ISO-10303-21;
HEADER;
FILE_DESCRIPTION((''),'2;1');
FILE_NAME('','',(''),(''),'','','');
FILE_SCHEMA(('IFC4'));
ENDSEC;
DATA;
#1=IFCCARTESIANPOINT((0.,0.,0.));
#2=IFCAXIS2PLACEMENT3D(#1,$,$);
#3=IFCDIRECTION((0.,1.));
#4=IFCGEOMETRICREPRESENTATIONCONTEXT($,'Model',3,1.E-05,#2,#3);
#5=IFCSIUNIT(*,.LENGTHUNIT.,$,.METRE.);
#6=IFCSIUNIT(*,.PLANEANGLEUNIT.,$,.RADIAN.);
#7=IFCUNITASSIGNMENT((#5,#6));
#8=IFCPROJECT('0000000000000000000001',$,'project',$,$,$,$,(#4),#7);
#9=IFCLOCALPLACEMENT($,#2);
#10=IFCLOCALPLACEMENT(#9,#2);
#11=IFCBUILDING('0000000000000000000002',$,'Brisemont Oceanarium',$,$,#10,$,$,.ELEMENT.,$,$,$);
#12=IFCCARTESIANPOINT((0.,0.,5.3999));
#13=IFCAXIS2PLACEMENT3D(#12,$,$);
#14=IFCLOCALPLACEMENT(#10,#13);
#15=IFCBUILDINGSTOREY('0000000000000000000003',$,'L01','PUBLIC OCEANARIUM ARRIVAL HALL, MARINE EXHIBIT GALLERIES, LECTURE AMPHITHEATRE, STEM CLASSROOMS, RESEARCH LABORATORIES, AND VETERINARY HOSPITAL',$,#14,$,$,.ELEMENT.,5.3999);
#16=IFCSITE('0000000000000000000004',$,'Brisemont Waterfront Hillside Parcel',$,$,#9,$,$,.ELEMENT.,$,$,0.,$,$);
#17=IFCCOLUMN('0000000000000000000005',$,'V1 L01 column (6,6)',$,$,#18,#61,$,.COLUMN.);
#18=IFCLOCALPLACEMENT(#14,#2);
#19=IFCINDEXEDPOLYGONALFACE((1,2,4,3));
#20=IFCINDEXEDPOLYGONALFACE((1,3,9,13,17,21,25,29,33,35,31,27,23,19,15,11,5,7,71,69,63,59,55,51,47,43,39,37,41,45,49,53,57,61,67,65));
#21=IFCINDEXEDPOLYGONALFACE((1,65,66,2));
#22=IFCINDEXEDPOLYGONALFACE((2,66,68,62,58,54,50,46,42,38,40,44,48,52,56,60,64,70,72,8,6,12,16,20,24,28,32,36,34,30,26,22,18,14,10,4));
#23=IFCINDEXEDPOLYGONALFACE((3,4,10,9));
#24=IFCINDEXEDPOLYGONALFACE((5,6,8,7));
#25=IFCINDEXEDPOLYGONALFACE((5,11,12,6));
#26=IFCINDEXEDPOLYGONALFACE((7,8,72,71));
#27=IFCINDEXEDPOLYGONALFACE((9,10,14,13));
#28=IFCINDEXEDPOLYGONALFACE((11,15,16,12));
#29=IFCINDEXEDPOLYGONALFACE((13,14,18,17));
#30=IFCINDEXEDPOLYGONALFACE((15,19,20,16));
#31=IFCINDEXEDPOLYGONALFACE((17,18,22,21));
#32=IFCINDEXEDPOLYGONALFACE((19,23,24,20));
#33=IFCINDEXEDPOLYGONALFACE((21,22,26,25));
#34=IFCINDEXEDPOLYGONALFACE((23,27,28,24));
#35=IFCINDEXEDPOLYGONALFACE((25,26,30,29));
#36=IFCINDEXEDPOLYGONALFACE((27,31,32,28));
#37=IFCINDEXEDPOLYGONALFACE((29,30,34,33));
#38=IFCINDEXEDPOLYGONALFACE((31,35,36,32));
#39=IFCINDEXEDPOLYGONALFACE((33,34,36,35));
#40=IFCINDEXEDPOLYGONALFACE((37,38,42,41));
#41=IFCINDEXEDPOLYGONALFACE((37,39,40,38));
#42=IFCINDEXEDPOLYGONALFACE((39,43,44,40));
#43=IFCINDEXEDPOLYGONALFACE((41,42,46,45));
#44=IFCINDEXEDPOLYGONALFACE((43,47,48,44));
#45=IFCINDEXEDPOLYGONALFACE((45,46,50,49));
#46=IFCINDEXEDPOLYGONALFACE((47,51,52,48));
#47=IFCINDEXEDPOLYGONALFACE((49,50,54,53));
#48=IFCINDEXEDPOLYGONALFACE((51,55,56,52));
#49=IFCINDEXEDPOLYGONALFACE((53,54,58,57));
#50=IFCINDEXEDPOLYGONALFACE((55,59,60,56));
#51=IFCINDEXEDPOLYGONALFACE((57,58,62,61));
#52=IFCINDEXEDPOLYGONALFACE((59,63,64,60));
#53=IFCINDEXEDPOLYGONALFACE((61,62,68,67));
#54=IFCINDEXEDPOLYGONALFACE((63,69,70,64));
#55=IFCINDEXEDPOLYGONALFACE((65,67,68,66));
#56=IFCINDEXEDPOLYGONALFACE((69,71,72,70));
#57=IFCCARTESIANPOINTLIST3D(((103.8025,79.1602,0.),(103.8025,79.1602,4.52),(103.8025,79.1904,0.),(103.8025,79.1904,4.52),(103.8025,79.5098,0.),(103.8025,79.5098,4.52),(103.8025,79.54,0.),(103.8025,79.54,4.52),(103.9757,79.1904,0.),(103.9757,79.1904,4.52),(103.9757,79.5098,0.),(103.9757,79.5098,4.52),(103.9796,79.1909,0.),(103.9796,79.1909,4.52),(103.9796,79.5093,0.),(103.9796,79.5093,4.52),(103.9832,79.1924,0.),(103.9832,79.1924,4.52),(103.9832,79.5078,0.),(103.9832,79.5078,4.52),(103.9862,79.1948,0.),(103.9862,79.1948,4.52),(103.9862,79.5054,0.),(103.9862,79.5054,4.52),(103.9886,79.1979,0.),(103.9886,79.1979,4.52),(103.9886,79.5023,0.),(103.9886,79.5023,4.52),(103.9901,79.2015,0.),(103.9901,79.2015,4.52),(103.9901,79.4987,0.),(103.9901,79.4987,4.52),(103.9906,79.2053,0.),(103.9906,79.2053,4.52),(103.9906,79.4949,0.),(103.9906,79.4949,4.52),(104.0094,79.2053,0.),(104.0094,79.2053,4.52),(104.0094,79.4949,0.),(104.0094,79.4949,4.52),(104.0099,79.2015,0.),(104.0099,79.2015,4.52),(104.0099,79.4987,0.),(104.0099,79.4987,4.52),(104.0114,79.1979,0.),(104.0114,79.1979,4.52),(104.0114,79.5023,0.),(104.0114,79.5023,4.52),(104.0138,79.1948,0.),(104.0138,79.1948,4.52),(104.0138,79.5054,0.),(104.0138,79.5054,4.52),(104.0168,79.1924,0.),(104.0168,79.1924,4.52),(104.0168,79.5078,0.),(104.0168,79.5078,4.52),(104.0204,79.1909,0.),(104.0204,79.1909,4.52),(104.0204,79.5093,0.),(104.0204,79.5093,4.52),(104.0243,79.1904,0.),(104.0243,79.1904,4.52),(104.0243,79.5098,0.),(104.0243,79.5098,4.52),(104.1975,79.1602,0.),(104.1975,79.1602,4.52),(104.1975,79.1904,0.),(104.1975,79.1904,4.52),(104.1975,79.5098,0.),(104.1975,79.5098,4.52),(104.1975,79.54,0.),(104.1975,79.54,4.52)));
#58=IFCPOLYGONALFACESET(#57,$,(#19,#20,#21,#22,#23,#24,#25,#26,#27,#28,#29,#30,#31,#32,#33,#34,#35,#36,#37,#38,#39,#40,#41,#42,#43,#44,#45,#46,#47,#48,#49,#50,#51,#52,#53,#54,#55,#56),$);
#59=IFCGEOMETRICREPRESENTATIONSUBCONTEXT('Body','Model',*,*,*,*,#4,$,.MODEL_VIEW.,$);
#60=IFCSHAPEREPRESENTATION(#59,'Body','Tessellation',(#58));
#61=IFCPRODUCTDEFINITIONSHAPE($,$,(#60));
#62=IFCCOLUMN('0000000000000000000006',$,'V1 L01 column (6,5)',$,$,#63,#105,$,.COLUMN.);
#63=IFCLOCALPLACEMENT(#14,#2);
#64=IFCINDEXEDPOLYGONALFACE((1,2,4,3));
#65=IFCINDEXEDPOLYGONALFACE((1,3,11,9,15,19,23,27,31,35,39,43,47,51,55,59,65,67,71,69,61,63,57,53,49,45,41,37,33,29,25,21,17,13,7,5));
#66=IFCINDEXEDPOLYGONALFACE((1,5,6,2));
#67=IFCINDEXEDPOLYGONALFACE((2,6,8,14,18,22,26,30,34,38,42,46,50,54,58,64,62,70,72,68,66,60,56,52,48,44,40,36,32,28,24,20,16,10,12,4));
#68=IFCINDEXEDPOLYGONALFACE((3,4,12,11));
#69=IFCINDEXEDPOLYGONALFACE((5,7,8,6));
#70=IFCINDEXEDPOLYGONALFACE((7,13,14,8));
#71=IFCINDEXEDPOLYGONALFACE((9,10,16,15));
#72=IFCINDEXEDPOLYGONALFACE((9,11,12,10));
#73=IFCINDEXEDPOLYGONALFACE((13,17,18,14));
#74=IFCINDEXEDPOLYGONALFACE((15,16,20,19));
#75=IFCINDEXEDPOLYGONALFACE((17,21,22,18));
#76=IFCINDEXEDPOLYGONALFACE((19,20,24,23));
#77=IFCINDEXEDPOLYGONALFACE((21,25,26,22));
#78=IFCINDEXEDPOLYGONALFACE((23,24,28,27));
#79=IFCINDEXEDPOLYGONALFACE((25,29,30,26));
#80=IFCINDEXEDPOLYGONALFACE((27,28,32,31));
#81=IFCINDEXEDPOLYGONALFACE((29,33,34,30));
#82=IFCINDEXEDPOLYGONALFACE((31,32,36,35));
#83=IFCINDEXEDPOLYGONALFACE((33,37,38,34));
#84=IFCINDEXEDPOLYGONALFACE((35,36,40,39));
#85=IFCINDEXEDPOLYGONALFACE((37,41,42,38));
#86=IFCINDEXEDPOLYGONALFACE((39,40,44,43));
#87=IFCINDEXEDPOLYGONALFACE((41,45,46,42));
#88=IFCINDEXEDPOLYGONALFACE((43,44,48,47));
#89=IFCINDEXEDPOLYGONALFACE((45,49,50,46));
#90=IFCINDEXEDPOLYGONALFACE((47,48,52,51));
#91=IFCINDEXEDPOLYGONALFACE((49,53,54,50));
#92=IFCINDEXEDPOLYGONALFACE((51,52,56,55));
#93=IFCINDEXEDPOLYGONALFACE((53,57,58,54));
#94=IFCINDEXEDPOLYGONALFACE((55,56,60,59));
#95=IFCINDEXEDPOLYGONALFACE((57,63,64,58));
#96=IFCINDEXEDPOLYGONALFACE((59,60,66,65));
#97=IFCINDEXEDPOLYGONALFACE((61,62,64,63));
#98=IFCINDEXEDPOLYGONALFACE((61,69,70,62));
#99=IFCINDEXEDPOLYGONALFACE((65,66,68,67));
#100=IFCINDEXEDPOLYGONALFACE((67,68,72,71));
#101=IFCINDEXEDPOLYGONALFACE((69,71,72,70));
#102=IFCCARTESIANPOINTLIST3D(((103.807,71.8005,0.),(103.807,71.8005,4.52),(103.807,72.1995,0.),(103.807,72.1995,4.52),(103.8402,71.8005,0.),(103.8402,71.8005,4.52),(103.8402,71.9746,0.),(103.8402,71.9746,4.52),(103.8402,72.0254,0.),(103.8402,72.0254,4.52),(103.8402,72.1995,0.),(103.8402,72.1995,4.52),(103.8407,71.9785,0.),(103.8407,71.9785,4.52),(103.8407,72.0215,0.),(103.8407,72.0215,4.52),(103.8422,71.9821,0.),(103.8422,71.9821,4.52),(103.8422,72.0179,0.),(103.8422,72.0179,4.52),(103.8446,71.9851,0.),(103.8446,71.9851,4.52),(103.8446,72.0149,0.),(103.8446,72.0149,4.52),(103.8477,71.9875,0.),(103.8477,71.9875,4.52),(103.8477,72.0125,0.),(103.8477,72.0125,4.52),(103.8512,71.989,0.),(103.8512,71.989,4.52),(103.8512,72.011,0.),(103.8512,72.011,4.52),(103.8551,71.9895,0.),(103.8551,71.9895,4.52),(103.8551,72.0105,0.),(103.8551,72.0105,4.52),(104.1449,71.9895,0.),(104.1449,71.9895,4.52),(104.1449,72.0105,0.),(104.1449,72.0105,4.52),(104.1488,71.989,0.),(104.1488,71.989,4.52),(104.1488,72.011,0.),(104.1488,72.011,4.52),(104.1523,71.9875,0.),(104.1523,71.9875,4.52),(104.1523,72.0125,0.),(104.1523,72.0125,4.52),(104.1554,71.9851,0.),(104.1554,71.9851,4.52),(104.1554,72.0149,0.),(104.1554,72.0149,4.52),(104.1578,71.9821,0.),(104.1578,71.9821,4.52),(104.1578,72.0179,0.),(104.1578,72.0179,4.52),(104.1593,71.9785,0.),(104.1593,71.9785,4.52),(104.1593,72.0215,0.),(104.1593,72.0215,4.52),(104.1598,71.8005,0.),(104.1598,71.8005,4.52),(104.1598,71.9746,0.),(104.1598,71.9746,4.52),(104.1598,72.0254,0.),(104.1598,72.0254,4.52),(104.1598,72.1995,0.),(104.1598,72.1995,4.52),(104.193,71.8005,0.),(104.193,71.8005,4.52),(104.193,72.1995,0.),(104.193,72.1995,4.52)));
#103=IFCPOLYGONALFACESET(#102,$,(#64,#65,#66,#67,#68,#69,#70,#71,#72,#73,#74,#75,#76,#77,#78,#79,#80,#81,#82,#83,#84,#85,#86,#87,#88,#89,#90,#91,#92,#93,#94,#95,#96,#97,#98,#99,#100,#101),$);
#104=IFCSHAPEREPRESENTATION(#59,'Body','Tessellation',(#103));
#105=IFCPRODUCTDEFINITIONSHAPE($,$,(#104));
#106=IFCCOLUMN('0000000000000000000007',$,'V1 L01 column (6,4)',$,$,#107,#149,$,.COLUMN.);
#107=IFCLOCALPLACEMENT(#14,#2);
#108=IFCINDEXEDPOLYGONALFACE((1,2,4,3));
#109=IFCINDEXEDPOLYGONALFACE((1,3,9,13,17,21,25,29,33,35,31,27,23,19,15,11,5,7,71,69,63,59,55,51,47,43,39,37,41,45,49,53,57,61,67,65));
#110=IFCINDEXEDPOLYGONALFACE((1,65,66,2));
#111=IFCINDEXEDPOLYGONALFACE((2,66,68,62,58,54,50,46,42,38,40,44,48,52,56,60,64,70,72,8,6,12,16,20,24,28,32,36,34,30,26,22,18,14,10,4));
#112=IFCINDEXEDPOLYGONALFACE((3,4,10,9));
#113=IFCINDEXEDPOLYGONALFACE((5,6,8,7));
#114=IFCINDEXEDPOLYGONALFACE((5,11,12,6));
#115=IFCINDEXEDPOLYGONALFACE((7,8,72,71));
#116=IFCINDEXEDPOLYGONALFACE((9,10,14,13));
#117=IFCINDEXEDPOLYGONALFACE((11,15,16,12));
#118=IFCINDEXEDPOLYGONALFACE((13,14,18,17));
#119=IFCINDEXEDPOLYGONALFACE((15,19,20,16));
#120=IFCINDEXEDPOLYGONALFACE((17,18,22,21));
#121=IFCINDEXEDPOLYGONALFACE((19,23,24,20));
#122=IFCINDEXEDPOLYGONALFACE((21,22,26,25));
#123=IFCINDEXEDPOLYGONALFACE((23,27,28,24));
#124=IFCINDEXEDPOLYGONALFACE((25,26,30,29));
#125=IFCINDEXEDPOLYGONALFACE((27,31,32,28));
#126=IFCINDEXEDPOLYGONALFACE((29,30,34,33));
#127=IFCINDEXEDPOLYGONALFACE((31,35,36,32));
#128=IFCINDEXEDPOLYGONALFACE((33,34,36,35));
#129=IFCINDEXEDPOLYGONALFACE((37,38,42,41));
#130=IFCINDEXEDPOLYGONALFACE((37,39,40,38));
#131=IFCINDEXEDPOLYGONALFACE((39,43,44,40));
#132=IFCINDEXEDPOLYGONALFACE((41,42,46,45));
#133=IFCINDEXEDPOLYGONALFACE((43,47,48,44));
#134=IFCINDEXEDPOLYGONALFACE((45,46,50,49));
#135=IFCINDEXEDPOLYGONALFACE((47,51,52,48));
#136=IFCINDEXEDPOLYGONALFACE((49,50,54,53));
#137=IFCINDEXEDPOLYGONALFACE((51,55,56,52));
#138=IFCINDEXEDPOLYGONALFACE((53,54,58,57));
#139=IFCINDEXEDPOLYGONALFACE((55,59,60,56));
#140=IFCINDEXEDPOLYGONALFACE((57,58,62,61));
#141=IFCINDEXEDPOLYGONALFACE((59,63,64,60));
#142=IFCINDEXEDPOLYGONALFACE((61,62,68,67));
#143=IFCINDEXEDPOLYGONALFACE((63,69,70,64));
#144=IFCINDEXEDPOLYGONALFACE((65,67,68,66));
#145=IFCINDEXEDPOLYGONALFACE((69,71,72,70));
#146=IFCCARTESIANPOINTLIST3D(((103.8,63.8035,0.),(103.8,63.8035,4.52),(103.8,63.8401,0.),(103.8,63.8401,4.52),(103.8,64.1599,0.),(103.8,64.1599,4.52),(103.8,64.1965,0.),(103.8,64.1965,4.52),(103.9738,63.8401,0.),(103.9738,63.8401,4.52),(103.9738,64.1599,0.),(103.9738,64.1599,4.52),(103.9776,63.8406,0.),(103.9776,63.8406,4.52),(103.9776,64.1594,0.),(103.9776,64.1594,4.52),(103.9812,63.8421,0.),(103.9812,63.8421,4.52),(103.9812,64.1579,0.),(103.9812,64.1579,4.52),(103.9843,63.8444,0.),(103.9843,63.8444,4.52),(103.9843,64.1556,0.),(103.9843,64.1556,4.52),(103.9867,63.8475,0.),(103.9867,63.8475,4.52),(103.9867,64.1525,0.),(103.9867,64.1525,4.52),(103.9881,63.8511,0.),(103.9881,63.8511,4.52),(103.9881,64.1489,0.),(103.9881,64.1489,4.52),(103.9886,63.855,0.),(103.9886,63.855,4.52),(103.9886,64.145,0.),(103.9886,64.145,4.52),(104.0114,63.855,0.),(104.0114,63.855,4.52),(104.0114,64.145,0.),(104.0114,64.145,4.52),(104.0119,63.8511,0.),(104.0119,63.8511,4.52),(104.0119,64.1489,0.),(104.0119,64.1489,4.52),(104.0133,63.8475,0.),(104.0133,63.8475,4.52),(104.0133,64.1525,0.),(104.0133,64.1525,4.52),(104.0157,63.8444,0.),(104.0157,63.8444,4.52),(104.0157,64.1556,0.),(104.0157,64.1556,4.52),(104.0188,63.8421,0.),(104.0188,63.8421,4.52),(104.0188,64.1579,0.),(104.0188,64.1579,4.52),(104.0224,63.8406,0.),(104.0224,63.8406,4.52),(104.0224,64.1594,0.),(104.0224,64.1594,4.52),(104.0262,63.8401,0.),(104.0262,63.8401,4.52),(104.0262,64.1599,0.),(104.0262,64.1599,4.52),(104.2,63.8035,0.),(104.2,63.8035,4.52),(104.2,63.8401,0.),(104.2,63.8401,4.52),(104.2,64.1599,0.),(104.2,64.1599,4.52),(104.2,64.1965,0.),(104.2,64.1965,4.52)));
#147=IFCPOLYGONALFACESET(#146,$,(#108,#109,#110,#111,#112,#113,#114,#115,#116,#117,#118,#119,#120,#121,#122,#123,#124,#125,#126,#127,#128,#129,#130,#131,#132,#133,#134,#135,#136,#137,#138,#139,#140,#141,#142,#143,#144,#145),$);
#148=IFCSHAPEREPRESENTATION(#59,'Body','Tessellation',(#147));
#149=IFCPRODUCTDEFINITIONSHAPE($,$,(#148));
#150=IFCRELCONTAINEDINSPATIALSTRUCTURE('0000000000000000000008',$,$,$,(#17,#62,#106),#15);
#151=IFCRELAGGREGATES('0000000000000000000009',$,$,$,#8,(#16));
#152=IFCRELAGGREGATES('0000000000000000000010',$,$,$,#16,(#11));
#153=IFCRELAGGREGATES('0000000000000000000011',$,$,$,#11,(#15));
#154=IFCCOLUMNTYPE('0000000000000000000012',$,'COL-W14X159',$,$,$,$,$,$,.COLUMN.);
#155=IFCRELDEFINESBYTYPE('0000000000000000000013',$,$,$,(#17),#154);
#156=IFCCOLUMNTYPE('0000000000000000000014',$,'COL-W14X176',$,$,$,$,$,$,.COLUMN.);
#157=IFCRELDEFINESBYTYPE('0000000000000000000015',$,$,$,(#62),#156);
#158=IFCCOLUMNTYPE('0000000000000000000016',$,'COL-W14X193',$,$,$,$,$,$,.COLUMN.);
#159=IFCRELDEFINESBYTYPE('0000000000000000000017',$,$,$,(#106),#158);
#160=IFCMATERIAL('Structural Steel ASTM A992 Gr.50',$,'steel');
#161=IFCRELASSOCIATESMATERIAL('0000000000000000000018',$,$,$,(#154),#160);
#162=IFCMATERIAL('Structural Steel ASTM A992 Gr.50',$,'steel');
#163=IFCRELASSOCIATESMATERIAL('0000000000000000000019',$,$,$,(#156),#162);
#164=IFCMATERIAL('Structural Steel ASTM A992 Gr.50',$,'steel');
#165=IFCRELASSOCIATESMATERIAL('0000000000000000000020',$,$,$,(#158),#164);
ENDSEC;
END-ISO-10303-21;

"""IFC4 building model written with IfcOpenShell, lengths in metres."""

from ifc_helpers import new_model, si_unit, direction, frame, origin, origin_2d, place, context, subcontext, project, spatial, i_section, extrude, material, material_profile, profile_set, type_object, element, save


model = new_model("IFC4")

# Units and contexts
model_context = context("Model", 3, precision=1e-05, world=origin(), true_north=direction((0.0, 1.0)))
body_context = subcontext(model_context, "Body", "Model", "MODEL_VIEW")
ifc_project = project(units=[si_unit("LENGTHUNIT", "METRE"), si_unit("PLANEANGLEUNIT", "RADIAN")], contexts=[model_context])

# Site, building, storey
site_placement = place(None, origin())
site = spatial("IfcSite", under=ifc_project, at=site_placement, Name="Brisemont Waterfront Hillside Parcel", CompositionType="ELEMENT", RefElevation=0.0)
building_placement = place(site_placement, origin())
building = spatial("IfcBuilding", under=site, at=building_placement, Name="Brisemont Oceanarium", CompositionType="ELEMENT")
storey_placement = place(building_placement, frame((0.0, 0.0, 5.3999)))
storey = spatial("IfcBuildingStorey", under=building, at=storey_placement, Name="L01", Description="PUBLIC OCEANARIUM ARRIVAL HALL, MARINE EXHIBIT GALLERIES, LECTURE AMPHITHEATRE, STEM CLASSROOMS, RESEARCH LABORATORIES, AND VETERINARY HOSPITAL", CompositionType="ELEMENT", Elevation=5.3999)

# Columns
ifc_material_1 = material(Name="Structural Steel ASTM A992 Gr.50", Category="steel")
ifc_material_profile_1 = material_profile(ifc_material_1, i_section(OverallWidth=0.395, OverallDepth=0.3799, WebThickness=0.0188, FlangeThickness=0.0303, FilletRadius=0.0149, at=origin_2d()), Name="W14X159")
ifc_profile_set_1 = profile_set([ifc_material_profile_1], Name="Structural Steel ASTM A992 Gr.50")
column_type_1 = type_object("IfcColumnType", Name="COL-W14X159", PredefinedType="COLUMN", material=ifc_profile_set_1)
column_1_placement = place(storey_placement, frame((104.0, 79.3501, 0.0), z_axis=(0.0, 0.0, 1.0), x_axis=(1.0, 0.0, 0.0)))
element("IfcColumn", 1, at=column_1_placement, inside=storey, type_object=column_type_1, Name="V1 L01 column (6,6)", PredefinedType="COLUMN", context=body_context, shape_type="SweptSolid", body=[
    extrude(i_section(OverallWidth=0.395, OverallDepth=0.3799, WebThickness=0.0188, FlangeThickness=0.0303, FilletRadius=0.0149, at=origin_2d()), origin(), (0.0, 0.0, 1.0), 4.52),
])
ifc_material_2 = material(Name="Structural Steel ASTM A992 Gr.50", Category="steel")
ifc_material_profile_2 = material_profile(ifc_material_2, i_section(OverallWidth=0.3989, OverallDepth=0.386, WebThickness=0.021, FlangeThickness=0.0332, FilletRadius=0.0149, at=origin_2d()), Name="W14X176")
ifc_profile_set_2 = profile_set([ifc_material_profile_2], Name="Structural Steel ASTM A992 Gr.50")
column_type_2 = type_object("IfcColumnType", Name="COL-W14X176", PredefinedType="COLUMN", material=ifc_profile_set_2)
column_2_placement = place(storey_placement, frame((104.0, 72.0, 0.0), z_axis=(0.0, 0.0, 1.0), x_axis=(0.0, 1.0, 0.0)))
element("IfcColumn", 2, at=column_2_placement, inside=storey, type_object=column_type_2, Name="V1 L01 column (6,5)", PredefinedType="COLUMN", context=body_context, shape_type="SweptSolid", body=[
    extrude(i_section(OverallWidth=0.3989, OverallDepth=0.386, WebThickness=0.021, FlangeThickness=0.0332, FilletRadius=0.0149, at=origin_2d()), origin(), (0.0, 0.0, 1.0), 4.52),
])
ifc_material_3 = material(Name="Structural Steel ASTM A992 Gr.50", Category="steel")
ifc_material_profile_3 = material_profile(ifc_material_3, i_section(OverallWidth=0.3999, OverallDepth=0.3931, WebThickness=0.0227, FlangeThickness=0.0366, FilletRadius=0.0149, at=origin_2d()), Name="W14X193")
ifc_profile_set_3 = profile_set([ifc_material_profile_3], Name="Structural Steel ASTM A992 Gr.50")
column_type_3 = type_object("IfcColumnType", Name="COL-W14X193", PredefinedType="COLUMN", material=ifc_profile_set_3)
column_3_placement = place(storey_placement, frame((104.0, 64.0, 0.0), z_axis=(0.0, 0.0, 1.0), x_axis=(1.0, 0.0, 0.0)))
element("IfcColumn", 3, at=column_3_placement, inside=storey, type_object=column_type_3, Name="V1 L01 column (6,4)", PredefinedType="COLUMN", context=body_context, shape_type="SweptSolid", body=[
    extrude(i_section(OverallWidth=0.3999, OverallDepth=0.3931, WebThickness=0.0227, FlangeThickness=0.0366, FilletRadius=0.0149, at=origin_2d()), origin(), (0.0, 0.0, 1.0), 4.52),
])

save(model, "model.ifc")
